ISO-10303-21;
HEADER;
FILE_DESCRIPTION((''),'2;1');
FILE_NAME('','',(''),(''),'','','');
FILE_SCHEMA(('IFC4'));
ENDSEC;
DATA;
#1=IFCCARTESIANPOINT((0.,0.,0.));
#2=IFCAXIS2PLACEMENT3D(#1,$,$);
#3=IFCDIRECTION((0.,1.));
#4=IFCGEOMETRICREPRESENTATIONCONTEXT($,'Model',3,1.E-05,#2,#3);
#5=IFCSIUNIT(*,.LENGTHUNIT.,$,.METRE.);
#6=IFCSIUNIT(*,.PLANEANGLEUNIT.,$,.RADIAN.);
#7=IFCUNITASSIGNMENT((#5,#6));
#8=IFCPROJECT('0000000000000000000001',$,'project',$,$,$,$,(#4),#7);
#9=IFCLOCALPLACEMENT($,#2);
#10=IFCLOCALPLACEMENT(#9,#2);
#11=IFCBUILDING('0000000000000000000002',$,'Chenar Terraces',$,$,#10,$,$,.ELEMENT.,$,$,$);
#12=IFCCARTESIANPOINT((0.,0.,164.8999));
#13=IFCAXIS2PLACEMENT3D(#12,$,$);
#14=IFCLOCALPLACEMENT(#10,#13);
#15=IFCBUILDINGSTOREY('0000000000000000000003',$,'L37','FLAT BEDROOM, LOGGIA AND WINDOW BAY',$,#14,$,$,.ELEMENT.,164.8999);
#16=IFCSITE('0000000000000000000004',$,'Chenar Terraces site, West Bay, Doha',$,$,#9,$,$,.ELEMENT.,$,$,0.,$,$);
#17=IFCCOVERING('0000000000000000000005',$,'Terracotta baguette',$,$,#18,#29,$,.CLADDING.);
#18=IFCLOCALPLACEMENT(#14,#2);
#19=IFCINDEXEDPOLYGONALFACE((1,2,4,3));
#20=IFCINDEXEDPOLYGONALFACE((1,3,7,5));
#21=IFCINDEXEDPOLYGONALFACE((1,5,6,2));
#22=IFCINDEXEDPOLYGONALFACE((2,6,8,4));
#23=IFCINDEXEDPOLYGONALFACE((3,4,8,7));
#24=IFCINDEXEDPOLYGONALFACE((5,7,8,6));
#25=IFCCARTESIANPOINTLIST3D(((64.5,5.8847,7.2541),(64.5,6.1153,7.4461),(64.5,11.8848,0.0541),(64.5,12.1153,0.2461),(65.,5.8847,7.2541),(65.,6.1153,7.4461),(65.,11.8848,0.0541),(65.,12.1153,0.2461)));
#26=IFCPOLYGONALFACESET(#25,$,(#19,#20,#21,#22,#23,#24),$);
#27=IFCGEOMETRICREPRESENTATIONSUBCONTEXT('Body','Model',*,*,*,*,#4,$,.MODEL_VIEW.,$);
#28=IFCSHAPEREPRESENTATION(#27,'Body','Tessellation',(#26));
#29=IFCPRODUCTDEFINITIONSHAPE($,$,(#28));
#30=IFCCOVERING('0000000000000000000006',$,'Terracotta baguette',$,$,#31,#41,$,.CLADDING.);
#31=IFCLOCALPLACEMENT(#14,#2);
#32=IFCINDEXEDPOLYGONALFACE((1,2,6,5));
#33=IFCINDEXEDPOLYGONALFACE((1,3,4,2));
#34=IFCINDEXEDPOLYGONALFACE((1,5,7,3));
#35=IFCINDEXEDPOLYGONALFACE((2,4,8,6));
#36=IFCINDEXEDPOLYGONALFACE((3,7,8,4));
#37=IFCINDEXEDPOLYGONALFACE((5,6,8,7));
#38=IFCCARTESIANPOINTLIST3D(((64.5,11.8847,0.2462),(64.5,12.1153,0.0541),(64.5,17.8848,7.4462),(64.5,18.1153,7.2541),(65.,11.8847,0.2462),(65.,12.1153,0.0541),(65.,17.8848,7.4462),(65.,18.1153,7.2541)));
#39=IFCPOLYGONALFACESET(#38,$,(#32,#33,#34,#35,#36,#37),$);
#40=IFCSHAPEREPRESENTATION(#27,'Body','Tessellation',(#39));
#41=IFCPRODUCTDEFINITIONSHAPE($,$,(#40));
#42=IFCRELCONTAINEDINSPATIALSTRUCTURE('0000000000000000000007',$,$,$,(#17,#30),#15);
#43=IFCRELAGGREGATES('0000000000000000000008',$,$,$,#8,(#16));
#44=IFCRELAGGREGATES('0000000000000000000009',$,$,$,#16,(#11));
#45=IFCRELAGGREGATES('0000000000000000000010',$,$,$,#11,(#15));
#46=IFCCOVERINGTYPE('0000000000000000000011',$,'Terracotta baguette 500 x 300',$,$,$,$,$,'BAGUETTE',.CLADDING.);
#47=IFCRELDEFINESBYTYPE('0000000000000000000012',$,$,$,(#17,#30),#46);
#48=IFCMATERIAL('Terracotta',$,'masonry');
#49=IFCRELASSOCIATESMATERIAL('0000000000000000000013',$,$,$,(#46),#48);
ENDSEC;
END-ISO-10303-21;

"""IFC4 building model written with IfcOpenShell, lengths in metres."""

from ifc_helpers import new_model, si_unit, direction, frame, origin, origin_2d, place, context, subcontext, project, spatial, rectangle, extrude, material, material_profile, profile_set, type_object, element, save


model = new_model("IFC4")

# Units and contexts
model_context = context("Model", 3, precision=1e-05, world=origin(), true_north=direction((0.0, 1.0)))
body_context = subcontext(model_context, "Body", "Model", "MODEL_VIEW")
ifc_project = project(units=[si_unit("LENGTHUNIT", "METRE"), si_unit("PLANEANGLEUNIT", "RADIAN")], contexts=[model_context])

# Site, building, storey
site_placement = place(None, origin())
site = spatial("IfcSite", under=ifc_project, at=site_placement, Name="Chenar Terraces site, West Bay, Doha", CompositionType="ELEMENT", RefElevation=0.0)
building_placement = place(site_placement, origin())
building = spatial("IfcBuilding", under=site, at=building_placement, Name="Chenar Terraces", CompositionType="ELEMENT")
storey_placement = place(building_placement, frame((0.0, 0.0, 164.8999)))
storey = spatial("IfcBuildingStorey", under=building, at=storey_placement, Name="L37", Description="FLAT BEDROOM, LOGGIA AND WINDOW BAY", CompositionType="ELEMENT", Elevation=164.8999)

# Coverings
ifc_material_1 = material(Name="Terracotta", Category="masonry")
ifc_material_profile_1 = material_profile(ifc_material_1, rectangle(XDim=0.5, YDim=0.3, at=origin_2d()), Name="Terracotta baguette 500 x 300")
ifc_profile_set_1 = profile_set([ifc_material_profile_1], Name="Terracotta")
covering_type = type_object("IfcCoveringType", Name="Terracotta baguette 500 x 300", ElementType="BAGUETTE", PredefinedType="CLADDING", material=ifc_profile_set_1)
for number, where, z_axis, x_axis, name in (
    (1, (64.75, 6.0, 7.3501), (0.0, 0.640187, -0.768219), (-1.0, 0.0, 0.0), "Terracotta baguette"),
    (2, (64.75, 12.0, 0.1501), (0.0, 0.640187, 0.768219), (-1.0, 0.0, 0.0), "Terracotta baguette"),
):
    element("IfcCovering", number, at=place(storey_placement, frame(where, z_axis=z_axis, x_axis=x_axis)), inside=storey, type_object=covering_type, Name=name, PredefinedType="CLADDING", context=body_context, shape_type="SweptSolid", body=[
        extrude(rectangle(XDim=0.5, YDim=0.3, at=origin_2d()), origin(), (0.0, 0.0, 1.0), 9.3723),
    ])

save(model, "model.ifc")
